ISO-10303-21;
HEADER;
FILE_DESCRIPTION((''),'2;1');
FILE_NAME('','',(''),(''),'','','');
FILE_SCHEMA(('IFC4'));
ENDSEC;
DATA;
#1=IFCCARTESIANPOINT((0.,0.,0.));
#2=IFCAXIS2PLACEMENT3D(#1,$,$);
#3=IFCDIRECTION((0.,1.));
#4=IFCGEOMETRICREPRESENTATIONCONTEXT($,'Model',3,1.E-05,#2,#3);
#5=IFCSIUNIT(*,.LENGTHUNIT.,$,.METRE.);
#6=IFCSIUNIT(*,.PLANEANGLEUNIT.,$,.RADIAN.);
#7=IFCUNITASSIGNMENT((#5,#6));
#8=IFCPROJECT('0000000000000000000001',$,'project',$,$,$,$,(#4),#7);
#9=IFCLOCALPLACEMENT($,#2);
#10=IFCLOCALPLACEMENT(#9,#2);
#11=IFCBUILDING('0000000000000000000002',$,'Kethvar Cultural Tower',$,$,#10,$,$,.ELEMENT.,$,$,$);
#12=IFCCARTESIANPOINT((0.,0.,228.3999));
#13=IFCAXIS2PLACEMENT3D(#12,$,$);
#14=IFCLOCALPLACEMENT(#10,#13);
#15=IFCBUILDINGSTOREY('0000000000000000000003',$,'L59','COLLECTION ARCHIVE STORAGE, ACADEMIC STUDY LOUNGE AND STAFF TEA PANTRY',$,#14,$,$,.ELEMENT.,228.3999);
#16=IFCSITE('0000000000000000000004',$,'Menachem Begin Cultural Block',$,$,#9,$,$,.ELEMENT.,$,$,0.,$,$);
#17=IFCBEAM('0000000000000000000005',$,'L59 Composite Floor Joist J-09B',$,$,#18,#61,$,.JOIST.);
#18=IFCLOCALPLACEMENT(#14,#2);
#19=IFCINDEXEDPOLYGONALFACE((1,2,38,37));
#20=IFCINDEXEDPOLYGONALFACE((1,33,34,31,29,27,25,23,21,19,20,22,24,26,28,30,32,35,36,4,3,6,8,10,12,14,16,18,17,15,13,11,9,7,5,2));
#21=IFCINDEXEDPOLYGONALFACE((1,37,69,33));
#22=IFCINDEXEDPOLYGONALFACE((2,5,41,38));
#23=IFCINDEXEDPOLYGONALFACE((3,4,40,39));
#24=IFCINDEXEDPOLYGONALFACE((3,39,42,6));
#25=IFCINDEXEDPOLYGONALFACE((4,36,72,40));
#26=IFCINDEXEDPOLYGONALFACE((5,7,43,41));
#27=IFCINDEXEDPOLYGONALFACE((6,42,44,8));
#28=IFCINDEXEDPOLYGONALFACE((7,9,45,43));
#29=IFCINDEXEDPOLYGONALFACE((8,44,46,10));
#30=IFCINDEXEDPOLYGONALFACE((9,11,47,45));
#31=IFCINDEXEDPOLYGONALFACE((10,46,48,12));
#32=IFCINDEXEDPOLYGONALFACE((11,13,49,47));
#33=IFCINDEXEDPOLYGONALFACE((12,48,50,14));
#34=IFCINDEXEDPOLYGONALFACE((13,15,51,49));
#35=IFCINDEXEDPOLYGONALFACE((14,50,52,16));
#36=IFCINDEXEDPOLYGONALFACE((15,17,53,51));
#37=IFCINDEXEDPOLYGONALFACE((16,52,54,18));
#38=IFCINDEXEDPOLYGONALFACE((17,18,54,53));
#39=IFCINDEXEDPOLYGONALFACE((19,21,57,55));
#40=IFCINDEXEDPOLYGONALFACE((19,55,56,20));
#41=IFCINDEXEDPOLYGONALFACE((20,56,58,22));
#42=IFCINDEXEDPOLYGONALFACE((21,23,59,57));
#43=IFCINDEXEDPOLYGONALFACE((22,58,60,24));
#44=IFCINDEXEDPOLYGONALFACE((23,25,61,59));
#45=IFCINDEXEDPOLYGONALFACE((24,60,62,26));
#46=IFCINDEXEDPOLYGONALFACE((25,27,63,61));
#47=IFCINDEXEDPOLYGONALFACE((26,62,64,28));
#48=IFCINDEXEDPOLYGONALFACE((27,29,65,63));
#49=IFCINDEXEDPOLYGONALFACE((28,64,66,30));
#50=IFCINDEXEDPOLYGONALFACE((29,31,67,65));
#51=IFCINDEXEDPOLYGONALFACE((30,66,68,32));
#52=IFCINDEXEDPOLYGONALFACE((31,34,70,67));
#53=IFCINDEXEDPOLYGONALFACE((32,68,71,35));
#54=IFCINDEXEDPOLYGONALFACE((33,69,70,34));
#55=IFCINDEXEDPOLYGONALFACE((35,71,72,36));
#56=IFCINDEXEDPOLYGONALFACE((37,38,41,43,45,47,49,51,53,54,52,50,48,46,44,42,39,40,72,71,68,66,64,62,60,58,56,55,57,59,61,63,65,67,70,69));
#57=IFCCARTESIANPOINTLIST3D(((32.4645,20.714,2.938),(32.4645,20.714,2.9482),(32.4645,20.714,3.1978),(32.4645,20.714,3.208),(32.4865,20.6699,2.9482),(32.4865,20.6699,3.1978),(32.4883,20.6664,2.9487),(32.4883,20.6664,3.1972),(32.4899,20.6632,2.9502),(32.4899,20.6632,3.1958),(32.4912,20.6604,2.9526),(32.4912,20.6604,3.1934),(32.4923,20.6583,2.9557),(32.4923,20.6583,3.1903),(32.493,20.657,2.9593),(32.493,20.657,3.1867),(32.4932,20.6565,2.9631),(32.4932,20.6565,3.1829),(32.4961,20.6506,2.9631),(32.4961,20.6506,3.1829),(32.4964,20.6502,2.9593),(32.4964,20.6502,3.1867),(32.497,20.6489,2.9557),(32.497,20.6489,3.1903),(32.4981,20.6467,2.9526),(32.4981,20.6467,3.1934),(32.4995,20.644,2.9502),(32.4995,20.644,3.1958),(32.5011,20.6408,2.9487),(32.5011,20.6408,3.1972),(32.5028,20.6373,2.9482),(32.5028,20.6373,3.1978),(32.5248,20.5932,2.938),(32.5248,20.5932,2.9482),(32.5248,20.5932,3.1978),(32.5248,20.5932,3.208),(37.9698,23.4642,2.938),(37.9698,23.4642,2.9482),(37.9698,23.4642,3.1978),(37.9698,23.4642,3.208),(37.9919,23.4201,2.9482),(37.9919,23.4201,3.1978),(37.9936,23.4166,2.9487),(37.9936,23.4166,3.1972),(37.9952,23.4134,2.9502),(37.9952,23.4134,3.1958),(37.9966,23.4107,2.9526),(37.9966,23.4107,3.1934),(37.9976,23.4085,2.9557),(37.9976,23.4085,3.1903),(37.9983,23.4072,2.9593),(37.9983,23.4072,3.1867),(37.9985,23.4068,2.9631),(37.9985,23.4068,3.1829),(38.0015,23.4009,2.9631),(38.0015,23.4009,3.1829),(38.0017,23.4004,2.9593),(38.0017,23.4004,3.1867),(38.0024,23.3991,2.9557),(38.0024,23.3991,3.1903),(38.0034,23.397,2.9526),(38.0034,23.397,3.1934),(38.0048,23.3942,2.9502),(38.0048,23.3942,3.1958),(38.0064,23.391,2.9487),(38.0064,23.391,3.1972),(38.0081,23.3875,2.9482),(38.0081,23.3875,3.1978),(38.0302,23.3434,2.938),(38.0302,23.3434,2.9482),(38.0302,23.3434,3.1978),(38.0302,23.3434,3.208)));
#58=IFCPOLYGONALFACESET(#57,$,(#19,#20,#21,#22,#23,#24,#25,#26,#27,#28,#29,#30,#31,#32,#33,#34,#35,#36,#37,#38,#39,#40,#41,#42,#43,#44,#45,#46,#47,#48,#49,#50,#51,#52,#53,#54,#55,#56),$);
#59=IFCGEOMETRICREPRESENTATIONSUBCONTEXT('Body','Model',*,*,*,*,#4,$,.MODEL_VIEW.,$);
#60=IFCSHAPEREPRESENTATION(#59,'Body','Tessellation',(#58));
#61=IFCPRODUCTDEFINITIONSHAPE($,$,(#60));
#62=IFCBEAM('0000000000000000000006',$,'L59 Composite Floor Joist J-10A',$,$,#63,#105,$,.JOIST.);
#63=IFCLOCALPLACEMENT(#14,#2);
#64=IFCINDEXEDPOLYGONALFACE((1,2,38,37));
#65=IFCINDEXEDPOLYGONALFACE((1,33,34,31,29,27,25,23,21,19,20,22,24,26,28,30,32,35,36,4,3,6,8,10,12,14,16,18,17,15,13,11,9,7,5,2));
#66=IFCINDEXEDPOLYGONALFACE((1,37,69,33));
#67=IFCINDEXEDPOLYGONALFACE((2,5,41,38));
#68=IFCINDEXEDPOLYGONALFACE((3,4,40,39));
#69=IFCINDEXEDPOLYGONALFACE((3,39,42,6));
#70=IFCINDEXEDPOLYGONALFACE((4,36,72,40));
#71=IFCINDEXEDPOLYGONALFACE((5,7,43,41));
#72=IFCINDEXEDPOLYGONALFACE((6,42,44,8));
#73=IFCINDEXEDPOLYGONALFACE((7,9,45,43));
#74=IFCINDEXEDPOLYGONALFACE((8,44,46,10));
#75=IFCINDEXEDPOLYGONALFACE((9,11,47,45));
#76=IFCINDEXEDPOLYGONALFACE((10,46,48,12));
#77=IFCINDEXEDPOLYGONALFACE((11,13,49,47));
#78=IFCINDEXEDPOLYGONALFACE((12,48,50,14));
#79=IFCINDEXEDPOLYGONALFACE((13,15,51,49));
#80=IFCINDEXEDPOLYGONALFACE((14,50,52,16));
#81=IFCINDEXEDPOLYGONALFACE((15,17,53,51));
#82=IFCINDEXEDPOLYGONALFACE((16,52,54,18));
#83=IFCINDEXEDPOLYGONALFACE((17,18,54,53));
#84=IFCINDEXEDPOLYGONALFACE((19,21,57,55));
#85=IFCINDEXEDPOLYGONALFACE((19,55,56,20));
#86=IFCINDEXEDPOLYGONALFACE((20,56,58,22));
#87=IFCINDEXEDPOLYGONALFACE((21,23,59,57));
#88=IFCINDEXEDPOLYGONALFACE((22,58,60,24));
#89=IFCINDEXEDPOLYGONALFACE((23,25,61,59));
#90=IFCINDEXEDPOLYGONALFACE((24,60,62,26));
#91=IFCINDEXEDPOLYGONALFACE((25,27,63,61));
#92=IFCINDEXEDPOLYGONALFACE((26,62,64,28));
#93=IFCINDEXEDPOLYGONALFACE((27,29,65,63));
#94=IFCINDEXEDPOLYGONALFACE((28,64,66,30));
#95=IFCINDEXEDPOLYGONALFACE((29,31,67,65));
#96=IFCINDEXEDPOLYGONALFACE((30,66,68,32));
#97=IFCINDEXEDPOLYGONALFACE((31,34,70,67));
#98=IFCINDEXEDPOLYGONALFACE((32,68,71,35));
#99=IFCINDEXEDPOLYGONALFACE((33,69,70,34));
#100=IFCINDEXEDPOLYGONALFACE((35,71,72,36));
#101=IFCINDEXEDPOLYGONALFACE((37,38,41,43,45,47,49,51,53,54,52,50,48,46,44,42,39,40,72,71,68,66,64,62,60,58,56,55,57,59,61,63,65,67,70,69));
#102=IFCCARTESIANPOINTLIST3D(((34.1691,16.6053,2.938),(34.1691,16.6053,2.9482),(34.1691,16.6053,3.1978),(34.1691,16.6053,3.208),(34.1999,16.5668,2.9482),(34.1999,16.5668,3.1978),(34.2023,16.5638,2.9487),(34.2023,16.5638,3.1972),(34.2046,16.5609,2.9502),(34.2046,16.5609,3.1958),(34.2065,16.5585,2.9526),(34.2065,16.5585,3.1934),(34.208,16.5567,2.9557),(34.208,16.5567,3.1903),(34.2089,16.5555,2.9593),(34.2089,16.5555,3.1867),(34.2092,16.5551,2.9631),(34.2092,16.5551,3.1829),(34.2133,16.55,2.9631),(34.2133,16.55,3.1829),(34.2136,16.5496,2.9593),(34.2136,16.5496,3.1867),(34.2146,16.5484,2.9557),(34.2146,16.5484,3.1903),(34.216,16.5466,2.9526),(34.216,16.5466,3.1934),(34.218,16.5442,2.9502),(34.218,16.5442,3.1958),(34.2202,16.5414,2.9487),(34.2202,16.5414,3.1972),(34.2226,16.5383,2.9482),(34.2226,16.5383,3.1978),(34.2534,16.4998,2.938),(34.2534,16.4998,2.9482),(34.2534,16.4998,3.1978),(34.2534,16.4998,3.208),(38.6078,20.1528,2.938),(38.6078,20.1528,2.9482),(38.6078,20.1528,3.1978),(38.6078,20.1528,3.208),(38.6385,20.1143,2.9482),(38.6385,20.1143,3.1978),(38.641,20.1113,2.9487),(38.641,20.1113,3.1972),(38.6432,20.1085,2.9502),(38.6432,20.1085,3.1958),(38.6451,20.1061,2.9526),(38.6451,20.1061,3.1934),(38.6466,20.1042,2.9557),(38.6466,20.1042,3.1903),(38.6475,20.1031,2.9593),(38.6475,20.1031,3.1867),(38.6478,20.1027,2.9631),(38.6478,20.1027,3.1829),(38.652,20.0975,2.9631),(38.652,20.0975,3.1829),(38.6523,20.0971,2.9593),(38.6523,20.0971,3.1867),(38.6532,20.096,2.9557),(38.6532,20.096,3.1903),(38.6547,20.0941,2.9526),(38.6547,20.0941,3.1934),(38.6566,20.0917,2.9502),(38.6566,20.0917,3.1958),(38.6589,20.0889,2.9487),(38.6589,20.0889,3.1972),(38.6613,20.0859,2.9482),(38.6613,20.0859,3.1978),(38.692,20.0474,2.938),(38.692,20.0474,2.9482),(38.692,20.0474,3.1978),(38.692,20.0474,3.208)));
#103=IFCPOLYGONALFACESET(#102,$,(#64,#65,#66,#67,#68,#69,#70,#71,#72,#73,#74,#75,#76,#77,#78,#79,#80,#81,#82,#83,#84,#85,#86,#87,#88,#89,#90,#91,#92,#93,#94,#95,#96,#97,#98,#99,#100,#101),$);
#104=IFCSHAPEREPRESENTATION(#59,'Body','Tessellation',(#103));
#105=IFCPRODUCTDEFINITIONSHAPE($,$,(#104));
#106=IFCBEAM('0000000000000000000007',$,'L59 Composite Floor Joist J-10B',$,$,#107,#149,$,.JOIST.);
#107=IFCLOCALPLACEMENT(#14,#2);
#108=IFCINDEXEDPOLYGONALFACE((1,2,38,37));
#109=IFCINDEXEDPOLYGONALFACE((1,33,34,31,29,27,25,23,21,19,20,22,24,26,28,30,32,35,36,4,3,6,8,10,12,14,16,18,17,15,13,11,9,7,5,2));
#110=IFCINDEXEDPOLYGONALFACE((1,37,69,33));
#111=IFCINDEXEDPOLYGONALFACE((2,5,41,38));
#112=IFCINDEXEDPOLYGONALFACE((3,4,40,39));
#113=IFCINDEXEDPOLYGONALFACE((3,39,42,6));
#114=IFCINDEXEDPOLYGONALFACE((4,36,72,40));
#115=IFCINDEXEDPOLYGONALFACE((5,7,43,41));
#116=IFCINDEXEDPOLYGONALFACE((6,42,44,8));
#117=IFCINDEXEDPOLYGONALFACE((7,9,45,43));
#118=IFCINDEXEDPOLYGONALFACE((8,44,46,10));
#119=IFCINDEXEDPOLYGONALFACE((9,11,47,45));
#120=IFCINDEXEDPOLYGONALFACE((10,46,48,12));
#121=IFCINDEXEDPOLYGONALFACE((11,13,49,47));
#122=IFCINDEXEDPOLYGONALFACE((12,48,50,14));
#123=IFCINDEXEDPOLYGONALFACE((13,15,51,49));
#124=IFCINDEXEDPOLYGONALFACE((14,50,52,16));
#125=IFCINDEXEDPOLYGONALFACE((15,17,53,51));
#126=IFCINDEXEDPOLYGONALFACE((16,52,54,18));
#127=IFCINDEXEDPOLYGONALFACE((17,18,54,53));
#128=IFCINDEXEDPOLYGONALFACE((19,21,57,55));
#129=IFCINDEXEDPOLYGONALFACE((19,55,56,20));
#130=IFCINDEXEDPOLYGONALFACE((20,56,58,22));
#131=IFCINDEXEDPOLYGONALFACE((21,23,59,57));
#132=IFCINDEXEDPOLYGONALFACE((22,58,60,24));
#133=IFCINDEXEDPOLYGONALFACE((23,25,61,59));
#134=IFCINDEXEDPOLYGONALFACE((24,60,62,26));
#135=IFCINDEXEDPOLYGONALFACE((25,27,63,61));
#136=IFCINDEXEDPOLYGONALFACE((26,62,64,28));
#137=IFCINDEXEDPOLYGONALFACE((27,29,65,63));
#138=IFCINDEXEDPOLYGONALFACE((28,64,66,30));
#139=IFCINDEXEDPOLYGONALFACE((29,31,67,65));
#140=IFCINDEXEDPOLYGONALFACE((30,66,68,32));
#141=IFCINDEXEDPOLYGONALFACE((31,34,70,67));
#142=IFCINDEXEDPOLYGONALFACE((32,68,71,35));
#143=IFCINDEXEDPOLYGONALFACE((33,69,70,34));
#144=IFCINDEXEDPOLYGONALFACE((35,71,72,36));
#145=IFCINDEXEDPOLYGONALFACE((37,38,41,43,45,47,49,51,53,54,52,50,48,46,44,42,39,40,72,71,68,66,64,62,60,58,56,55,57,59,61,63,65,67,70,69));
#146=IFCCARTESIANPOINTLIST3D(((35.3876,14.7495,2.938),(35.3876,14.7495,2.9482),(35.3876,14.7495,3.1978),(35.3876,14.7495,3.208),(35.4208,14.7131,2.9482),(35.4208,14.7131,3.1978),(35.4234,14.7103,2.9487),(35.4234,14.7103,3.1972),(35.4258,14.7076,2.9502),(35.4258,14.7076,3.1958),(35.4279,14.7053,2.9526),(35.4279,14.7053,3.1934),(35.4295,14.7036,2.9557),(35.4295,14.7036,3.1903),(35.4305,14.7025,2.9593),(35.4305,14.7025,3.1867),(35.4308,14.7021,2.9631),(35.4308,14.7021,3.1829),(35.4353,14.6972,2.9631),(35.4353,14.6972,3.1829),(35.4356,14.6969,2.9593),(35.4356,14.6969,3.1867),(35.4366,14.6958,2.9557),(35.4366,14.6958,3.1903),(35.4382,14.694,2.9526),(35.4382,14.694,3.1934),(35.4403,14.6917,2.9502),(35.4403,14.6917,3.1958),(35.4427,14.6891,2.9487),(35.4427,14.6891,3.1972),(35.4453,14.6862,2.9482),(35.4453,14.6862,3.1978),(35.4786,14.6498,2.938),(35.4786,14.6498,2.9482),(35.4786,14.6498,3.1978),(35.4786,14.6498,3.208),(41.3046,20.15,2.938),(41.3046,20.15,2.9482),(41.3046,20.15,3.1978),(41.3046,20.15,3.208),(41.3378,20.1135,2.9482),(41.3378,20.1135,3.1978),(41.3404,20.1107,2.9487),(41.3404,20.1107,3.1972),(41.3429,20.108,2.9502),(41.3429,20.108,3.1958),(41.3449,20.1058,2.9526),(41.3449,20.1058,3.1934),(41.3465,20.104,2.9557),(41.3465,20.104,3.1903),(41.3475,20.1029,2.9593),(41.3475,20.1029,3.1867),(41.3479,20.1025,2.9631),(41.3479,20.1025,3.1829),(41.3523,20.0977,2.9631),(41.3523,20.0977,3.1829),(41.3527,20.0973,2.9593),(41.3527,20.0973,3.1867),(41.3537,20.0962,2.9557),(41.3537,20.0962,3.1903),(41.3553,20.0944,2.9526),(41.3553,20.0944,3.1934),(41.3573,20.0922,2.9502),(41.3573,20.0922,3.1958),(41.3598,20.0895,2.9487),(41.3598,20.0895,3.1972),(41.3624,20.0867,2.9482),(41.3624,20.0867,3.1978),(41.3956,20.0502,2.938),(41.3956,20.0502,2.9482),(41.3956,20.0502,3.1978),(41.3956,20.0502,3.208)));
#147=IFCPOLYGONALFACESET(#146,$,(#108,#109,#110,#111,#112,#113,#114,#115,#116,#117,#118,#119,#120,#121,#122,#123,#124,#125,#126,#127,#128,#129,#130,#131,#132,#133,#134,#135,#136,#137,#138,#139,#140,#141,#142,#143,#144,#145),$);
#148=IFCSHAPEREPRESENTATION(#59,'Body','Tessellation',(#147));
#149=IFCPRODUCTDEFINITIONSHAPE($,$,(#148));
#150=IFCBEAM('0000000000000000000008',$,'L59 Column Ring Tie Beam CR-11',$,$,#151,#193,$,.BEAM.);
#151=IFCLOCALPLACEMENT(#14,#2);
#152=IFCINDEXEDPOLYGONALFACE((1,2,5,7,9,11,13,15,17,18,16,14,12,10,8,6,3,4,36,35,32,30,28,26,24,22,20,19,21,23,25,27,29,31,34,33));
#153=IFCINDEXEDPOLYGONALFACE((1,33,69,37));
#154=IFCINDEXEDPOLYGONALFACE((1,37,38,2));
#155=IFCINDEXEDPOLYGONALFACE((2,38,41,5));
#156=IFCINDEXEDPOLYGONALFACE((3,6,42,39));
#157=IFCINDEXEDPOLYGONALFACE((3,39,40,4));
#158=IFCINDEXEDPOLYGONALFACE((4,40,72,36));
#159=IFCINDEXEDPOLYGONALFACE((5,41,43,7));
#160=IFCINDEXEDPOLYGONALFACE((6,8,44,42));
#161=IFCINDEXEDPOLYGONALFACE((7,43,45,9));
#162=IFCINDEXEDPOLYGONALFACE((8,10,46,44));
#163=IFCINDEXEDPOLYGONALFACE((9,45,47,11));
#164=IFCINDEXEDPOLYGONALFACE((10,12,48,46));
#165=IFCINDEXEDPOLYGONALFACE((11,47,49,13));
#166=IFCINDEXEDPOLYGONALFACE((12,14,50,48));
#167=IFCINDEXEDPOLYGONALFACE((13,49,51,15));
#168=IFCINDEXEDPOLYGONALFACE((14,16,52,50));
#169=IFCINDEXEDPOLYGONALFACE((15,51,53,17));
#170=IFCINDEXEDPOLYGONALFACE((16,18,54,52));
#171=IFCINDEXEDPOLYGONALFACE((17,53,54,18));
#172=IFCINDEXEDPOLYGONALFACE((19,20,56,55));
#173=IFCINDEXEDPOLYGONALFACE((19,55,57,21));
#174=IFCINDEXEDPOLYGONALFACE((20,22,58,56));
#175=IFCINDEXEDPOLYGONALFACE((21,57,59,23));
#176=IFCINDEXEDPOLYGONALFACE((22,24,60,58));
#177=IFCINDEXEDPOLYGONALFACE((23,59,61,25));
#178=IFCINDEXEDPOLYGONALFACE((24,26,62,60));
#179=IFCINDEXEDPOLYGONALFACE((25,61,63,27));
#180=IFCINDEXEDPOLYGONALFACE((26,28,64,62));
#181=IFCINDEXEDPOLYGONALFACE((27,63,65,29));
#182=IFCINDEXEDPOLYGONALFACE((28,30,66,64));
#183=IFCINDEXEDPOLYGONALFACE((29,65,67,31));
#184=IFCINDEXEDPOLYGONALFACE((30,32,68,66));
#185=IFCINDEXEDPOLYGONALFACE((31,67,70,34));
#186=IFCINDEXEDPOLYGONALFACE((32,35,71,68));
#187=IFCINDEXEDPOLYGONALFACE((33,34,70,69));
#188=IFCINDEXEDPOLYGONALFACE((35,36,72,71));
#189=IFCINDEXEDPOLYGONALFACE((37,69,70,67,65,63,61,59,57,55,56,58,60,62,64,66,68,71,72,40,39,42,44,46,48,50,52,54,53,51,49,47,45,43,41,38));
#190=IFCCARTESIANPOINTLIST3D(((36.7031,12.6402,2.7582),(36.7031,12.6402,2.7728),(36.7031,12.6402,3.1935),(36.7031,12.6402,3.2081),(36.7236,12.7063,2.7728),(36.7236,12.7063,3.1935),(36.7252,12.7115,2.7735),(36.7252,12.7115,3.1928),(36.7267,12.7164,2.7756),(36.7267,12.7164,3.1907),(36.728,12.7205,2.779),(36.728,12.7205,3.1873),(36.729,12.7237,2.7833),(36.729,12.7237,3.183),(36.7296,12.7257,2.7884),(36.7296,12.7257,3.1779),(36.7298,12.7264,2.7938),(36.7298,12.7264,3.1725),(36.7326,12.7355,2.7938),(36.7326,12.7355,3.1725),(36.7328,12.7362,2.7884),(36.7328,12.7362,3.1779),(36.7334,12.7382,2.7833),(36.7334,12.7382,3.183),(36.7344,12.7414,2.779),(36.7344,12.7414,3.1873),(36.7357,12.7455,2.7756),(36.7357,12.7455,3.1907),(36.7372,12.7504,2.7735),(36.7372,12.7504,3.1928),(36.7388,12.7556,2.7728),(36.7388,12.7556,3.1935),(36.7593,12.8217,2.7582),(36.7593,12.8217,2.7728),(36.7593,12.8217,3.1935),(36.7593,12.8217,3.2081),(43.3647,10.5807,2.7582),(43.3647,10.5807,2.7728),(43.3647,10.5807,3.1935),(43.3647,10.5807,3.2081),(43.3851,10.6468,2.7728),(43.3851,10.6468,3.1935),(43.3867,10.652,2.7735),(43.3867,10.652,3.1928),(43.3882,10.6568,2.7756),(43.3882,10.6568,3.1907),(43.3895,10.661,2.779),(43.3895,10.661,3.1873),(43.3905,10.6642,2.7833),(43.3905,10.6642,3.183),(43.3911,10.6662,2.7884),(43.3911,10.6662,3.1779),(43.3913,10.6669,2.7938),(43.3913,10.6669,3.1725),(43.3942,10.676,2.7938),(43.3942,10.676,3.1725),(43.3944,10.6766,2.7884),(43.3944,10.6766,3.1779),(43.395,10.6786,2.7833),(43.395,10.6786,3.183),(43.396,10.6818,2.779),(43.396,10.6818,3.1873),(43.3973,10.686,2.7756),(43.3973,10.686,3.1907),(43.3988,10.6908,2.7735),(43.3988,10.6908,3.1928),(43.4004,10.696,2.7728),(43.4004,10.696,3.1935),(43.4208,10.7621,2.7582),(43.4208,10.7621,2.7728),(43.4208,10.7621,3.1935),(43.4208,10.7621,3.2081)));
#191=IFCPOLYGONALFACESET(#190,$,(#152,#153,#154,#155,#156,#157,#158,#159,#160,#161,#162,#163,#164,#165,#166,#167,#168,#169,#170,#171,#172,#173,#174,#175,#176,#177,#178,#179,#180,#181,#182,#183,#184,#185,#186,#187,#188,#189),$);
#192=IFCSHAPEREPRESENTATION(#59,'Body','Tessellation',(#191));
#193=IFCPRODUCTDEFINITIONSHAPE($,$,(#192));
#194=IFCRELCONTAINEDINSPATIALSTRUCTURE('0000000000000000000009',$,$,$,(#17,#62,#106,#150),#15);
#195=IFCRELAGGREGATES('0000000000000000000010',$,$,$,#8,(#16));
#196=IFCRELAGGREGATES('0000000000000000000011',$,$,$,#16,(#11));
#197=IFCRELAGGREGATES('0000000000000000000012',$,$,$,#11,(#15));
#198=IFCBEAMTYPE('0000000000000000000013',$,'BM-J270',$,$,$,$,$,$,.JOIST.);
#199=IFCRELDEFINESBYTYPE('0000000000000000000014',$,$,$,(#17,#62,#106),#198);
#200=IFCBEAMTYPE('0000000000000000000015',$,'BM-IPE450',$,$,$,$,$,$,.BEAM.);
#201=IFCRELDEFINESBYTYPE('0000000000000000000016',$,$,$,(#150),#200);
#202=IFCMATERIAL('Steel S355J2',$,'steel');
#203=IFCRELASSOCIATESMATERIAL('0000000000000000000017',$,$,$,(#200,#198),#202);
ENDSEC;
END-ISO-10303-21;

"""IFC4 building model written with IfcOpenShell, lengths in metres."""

from ifc_helpers import new_model, si_unit, direction, frame, origin, origin_2d, place, context, subcontext, project, spatial, i_section, extrude, source, transform, mapped, material, material_profile, profile_set, type_object, element, save


model = new_model("IFC4")

# Units and contexts
model_context = context("Model", 3, precision=1e-05, world=origin(), true_north=direction((0.0, 1.0)))
body_context = subcontext(model_context, "Body", "Model", "MODEL_VIEW")
ifc_project = project(units=[si_unit("LENGTHUNIT", "METRE"), si_unit("PLANEANGLEUNIT", "RADIAN")], contexts=[model_context])

# Site, building, storey
site_placement = place(None, origin())
site = spatial("IfcSite", under=ifc_project, at=site_placement, Name="Menachem Begin Cultural Block", CompositionType="ELEMENT", RefElevation=0.0)
building_placement = place(site_placement, origin())
building = spatial("IfcBuilding", under=site, at=building_placement, Name="Kethvar Cultural Tower", CompositionType="ELEMENT")
storey_placement = place(building_placement, frame((0.0, 0.0, 228.3999)))
storey = spatial("IfcBuildingStorey", under=building, at=storey_placement, Name="L59", Description="COLLECTION ARCHIVE STORAGE, ACADEMIC STUDY LOUNGE AND STAFF TEA PANTRY", CompositionType="ELEMENT", Elevation=228.3999)

# Beams
ifc_material_1 = material(Name="Steel S355J2", Category="steel")
ifc_material_profile_1 = material_profile(ifc_material_1, i_section(OverallWidth=0.1899, OverallDepth=0.45, WebThickness=0.0095, FlangeThickness=0.0146, FilletRadius=0.021, at=origin_2d()), Name="Steel S355J2 — IPE450")
ifc_profile_set_1 = profile_set([ifc_material_profile_1], Name="Steel S355J2 — IPE450")
beam_type_1 = type_object("IfcBeamType", Name="BM-IPE450", PredefinedType="BEAM", material=ifc_profile_set_1)
ifc_material_profile_2 = material_profile(ifc_material_1, i_section(OverallWidth=0.135, OverallDepth=0.27, WebThickness=0.0066, FlangeThickness=0.0103, FilletRadius=0.0149, at=origin_2d()), Name="Steel S355J2 — IPE270")
ifc_profile_set_2 = profile_set([ifc_material_profile_2], Name="Steel S355J2 — IPE270")
beam_type_2 = type_object("IfcBeamType", Name="BM-J270", PredefinedType="JOIST", material=ifc_profile_set_2)
shared_shape_1 = source(origin(), body_context, "Body", "SweptSolid", [
    extrude(i_section(OverallWidth=0.135, OverallDepth=0.27, WebThickness=0.0066, FlangeThickness=0.0103, FilletRadius=0.0149, at=origin_2d()), origin(), (0.0, 0.0, 1.0), 6.1541),
])
beam_1_placement = place(storey_placement, frame((38.0, 23.4038, 3.073), z_axis=(-0.894586, -0.446896, 0.0), x_axis=(0.446896, -0.894586, 0.0)))
element("IfcBeam", 1, at=beam_1_placement, inside=storey, type_object=beam_type_2, Name="L59 Composite Floor Joist J-09B", PredefinedType="JOIST", context=body_context, shape_type="MappedRepresentation", body=[
    mapped(shared_shape_1, transform((0.0, 0.0, 0.0), scale=1.0)),
])
shared_shape_2 = source(origin(), body_context, "Body", "SweptSolid", [
    extrude(i_section(OverallWidth=0.135, OverallDepth=0.27, WebThickness=0.0066, FlangeThickness=0.0103, FilletRadius=0.0149, at=origin_2d()), origin(), (0.0, 0.0, 1.0), 5.6821),
])
beam_2_placement = place(storey_placement, frame((38.6499, 20.1001, 3.073), z_axis=(-0.781158, -0.624333, 0.0), x_axis=(0.624333, -0.781158, 0.0)))
element("IfcBeam", 2, at=beam_2_placement, inside=storey, type_object=beam_type_2, Name="L59 Composite Floor Joist J-10A", PredefinedType="JOIST", context=body_context, shape_type="MappedRepresentation", body=[
    mapped(shared_shape_2, transform((0.0, 0.0, 0.0), scale=1.0)),
])
shared_shape_3 = source(origin(), body_context, "Body", "SweptSolid", [
    extrude(i_section(OverallWidth=0.135, OverallDepth=0.27, WebThickness=0.0066, FlangeThickness=0.0103, FilletRadius=0.0149, at=origin_2d()), origin(), (0.0, 0.0, 1.0), 8.011),
])
beam_3_placement = place(storey_placement, frame((41.3501, 20.1001, 3.073), z_axis=(-0.738615, -0.674128, 0.0), x_axis=(0.674128, -0.738615, 0.0)))
element("IfcBeam", 3, at=beam_3_placement, inside=storey, type_object=beam_type_2, Name="L59 Composite Floor Joist J-10B", PredefinedType="JOIST", context=body_context, shape_type="MappedRepresentation", body=[
    mapped(shared_shape_3, transform((0.0, 0.0, 0.0), scale=1.0)),
])
shared_shape_4 = source(origin(), body_context, "Body", "SweptSolid", [
    extrude(i_section(OverallWidth=0.1899, OverallDepth=0.45, WebThickness=0.0095, FlangeThickness=0.0146, FilletRadius=0.021, at=origin_2d()), origin(), (0.0, 0.0, 1.0), 6.9727),
])
beam_4_placement = place(storey_placement, frame((36.7312, 12.731, 2.9832), z_axis=(0.955381, -0.295375, 0.0), x_axis=(0.295375, 0.955381, 0.0)))
element("IfcBeam", 4, at=beam_4_placement, inside=storey, type_object=beam_type_1, Name="L59 Column Ring Tie Beam CR-11", PredefinedType="BEAM", context=body_context, shape_type="MappedRepresentation", body=[
    mapped(shared_shape_4, transform((0.0, 0.0, 0.0), scale=1.0)),
])

save(model, "model.ifc")
